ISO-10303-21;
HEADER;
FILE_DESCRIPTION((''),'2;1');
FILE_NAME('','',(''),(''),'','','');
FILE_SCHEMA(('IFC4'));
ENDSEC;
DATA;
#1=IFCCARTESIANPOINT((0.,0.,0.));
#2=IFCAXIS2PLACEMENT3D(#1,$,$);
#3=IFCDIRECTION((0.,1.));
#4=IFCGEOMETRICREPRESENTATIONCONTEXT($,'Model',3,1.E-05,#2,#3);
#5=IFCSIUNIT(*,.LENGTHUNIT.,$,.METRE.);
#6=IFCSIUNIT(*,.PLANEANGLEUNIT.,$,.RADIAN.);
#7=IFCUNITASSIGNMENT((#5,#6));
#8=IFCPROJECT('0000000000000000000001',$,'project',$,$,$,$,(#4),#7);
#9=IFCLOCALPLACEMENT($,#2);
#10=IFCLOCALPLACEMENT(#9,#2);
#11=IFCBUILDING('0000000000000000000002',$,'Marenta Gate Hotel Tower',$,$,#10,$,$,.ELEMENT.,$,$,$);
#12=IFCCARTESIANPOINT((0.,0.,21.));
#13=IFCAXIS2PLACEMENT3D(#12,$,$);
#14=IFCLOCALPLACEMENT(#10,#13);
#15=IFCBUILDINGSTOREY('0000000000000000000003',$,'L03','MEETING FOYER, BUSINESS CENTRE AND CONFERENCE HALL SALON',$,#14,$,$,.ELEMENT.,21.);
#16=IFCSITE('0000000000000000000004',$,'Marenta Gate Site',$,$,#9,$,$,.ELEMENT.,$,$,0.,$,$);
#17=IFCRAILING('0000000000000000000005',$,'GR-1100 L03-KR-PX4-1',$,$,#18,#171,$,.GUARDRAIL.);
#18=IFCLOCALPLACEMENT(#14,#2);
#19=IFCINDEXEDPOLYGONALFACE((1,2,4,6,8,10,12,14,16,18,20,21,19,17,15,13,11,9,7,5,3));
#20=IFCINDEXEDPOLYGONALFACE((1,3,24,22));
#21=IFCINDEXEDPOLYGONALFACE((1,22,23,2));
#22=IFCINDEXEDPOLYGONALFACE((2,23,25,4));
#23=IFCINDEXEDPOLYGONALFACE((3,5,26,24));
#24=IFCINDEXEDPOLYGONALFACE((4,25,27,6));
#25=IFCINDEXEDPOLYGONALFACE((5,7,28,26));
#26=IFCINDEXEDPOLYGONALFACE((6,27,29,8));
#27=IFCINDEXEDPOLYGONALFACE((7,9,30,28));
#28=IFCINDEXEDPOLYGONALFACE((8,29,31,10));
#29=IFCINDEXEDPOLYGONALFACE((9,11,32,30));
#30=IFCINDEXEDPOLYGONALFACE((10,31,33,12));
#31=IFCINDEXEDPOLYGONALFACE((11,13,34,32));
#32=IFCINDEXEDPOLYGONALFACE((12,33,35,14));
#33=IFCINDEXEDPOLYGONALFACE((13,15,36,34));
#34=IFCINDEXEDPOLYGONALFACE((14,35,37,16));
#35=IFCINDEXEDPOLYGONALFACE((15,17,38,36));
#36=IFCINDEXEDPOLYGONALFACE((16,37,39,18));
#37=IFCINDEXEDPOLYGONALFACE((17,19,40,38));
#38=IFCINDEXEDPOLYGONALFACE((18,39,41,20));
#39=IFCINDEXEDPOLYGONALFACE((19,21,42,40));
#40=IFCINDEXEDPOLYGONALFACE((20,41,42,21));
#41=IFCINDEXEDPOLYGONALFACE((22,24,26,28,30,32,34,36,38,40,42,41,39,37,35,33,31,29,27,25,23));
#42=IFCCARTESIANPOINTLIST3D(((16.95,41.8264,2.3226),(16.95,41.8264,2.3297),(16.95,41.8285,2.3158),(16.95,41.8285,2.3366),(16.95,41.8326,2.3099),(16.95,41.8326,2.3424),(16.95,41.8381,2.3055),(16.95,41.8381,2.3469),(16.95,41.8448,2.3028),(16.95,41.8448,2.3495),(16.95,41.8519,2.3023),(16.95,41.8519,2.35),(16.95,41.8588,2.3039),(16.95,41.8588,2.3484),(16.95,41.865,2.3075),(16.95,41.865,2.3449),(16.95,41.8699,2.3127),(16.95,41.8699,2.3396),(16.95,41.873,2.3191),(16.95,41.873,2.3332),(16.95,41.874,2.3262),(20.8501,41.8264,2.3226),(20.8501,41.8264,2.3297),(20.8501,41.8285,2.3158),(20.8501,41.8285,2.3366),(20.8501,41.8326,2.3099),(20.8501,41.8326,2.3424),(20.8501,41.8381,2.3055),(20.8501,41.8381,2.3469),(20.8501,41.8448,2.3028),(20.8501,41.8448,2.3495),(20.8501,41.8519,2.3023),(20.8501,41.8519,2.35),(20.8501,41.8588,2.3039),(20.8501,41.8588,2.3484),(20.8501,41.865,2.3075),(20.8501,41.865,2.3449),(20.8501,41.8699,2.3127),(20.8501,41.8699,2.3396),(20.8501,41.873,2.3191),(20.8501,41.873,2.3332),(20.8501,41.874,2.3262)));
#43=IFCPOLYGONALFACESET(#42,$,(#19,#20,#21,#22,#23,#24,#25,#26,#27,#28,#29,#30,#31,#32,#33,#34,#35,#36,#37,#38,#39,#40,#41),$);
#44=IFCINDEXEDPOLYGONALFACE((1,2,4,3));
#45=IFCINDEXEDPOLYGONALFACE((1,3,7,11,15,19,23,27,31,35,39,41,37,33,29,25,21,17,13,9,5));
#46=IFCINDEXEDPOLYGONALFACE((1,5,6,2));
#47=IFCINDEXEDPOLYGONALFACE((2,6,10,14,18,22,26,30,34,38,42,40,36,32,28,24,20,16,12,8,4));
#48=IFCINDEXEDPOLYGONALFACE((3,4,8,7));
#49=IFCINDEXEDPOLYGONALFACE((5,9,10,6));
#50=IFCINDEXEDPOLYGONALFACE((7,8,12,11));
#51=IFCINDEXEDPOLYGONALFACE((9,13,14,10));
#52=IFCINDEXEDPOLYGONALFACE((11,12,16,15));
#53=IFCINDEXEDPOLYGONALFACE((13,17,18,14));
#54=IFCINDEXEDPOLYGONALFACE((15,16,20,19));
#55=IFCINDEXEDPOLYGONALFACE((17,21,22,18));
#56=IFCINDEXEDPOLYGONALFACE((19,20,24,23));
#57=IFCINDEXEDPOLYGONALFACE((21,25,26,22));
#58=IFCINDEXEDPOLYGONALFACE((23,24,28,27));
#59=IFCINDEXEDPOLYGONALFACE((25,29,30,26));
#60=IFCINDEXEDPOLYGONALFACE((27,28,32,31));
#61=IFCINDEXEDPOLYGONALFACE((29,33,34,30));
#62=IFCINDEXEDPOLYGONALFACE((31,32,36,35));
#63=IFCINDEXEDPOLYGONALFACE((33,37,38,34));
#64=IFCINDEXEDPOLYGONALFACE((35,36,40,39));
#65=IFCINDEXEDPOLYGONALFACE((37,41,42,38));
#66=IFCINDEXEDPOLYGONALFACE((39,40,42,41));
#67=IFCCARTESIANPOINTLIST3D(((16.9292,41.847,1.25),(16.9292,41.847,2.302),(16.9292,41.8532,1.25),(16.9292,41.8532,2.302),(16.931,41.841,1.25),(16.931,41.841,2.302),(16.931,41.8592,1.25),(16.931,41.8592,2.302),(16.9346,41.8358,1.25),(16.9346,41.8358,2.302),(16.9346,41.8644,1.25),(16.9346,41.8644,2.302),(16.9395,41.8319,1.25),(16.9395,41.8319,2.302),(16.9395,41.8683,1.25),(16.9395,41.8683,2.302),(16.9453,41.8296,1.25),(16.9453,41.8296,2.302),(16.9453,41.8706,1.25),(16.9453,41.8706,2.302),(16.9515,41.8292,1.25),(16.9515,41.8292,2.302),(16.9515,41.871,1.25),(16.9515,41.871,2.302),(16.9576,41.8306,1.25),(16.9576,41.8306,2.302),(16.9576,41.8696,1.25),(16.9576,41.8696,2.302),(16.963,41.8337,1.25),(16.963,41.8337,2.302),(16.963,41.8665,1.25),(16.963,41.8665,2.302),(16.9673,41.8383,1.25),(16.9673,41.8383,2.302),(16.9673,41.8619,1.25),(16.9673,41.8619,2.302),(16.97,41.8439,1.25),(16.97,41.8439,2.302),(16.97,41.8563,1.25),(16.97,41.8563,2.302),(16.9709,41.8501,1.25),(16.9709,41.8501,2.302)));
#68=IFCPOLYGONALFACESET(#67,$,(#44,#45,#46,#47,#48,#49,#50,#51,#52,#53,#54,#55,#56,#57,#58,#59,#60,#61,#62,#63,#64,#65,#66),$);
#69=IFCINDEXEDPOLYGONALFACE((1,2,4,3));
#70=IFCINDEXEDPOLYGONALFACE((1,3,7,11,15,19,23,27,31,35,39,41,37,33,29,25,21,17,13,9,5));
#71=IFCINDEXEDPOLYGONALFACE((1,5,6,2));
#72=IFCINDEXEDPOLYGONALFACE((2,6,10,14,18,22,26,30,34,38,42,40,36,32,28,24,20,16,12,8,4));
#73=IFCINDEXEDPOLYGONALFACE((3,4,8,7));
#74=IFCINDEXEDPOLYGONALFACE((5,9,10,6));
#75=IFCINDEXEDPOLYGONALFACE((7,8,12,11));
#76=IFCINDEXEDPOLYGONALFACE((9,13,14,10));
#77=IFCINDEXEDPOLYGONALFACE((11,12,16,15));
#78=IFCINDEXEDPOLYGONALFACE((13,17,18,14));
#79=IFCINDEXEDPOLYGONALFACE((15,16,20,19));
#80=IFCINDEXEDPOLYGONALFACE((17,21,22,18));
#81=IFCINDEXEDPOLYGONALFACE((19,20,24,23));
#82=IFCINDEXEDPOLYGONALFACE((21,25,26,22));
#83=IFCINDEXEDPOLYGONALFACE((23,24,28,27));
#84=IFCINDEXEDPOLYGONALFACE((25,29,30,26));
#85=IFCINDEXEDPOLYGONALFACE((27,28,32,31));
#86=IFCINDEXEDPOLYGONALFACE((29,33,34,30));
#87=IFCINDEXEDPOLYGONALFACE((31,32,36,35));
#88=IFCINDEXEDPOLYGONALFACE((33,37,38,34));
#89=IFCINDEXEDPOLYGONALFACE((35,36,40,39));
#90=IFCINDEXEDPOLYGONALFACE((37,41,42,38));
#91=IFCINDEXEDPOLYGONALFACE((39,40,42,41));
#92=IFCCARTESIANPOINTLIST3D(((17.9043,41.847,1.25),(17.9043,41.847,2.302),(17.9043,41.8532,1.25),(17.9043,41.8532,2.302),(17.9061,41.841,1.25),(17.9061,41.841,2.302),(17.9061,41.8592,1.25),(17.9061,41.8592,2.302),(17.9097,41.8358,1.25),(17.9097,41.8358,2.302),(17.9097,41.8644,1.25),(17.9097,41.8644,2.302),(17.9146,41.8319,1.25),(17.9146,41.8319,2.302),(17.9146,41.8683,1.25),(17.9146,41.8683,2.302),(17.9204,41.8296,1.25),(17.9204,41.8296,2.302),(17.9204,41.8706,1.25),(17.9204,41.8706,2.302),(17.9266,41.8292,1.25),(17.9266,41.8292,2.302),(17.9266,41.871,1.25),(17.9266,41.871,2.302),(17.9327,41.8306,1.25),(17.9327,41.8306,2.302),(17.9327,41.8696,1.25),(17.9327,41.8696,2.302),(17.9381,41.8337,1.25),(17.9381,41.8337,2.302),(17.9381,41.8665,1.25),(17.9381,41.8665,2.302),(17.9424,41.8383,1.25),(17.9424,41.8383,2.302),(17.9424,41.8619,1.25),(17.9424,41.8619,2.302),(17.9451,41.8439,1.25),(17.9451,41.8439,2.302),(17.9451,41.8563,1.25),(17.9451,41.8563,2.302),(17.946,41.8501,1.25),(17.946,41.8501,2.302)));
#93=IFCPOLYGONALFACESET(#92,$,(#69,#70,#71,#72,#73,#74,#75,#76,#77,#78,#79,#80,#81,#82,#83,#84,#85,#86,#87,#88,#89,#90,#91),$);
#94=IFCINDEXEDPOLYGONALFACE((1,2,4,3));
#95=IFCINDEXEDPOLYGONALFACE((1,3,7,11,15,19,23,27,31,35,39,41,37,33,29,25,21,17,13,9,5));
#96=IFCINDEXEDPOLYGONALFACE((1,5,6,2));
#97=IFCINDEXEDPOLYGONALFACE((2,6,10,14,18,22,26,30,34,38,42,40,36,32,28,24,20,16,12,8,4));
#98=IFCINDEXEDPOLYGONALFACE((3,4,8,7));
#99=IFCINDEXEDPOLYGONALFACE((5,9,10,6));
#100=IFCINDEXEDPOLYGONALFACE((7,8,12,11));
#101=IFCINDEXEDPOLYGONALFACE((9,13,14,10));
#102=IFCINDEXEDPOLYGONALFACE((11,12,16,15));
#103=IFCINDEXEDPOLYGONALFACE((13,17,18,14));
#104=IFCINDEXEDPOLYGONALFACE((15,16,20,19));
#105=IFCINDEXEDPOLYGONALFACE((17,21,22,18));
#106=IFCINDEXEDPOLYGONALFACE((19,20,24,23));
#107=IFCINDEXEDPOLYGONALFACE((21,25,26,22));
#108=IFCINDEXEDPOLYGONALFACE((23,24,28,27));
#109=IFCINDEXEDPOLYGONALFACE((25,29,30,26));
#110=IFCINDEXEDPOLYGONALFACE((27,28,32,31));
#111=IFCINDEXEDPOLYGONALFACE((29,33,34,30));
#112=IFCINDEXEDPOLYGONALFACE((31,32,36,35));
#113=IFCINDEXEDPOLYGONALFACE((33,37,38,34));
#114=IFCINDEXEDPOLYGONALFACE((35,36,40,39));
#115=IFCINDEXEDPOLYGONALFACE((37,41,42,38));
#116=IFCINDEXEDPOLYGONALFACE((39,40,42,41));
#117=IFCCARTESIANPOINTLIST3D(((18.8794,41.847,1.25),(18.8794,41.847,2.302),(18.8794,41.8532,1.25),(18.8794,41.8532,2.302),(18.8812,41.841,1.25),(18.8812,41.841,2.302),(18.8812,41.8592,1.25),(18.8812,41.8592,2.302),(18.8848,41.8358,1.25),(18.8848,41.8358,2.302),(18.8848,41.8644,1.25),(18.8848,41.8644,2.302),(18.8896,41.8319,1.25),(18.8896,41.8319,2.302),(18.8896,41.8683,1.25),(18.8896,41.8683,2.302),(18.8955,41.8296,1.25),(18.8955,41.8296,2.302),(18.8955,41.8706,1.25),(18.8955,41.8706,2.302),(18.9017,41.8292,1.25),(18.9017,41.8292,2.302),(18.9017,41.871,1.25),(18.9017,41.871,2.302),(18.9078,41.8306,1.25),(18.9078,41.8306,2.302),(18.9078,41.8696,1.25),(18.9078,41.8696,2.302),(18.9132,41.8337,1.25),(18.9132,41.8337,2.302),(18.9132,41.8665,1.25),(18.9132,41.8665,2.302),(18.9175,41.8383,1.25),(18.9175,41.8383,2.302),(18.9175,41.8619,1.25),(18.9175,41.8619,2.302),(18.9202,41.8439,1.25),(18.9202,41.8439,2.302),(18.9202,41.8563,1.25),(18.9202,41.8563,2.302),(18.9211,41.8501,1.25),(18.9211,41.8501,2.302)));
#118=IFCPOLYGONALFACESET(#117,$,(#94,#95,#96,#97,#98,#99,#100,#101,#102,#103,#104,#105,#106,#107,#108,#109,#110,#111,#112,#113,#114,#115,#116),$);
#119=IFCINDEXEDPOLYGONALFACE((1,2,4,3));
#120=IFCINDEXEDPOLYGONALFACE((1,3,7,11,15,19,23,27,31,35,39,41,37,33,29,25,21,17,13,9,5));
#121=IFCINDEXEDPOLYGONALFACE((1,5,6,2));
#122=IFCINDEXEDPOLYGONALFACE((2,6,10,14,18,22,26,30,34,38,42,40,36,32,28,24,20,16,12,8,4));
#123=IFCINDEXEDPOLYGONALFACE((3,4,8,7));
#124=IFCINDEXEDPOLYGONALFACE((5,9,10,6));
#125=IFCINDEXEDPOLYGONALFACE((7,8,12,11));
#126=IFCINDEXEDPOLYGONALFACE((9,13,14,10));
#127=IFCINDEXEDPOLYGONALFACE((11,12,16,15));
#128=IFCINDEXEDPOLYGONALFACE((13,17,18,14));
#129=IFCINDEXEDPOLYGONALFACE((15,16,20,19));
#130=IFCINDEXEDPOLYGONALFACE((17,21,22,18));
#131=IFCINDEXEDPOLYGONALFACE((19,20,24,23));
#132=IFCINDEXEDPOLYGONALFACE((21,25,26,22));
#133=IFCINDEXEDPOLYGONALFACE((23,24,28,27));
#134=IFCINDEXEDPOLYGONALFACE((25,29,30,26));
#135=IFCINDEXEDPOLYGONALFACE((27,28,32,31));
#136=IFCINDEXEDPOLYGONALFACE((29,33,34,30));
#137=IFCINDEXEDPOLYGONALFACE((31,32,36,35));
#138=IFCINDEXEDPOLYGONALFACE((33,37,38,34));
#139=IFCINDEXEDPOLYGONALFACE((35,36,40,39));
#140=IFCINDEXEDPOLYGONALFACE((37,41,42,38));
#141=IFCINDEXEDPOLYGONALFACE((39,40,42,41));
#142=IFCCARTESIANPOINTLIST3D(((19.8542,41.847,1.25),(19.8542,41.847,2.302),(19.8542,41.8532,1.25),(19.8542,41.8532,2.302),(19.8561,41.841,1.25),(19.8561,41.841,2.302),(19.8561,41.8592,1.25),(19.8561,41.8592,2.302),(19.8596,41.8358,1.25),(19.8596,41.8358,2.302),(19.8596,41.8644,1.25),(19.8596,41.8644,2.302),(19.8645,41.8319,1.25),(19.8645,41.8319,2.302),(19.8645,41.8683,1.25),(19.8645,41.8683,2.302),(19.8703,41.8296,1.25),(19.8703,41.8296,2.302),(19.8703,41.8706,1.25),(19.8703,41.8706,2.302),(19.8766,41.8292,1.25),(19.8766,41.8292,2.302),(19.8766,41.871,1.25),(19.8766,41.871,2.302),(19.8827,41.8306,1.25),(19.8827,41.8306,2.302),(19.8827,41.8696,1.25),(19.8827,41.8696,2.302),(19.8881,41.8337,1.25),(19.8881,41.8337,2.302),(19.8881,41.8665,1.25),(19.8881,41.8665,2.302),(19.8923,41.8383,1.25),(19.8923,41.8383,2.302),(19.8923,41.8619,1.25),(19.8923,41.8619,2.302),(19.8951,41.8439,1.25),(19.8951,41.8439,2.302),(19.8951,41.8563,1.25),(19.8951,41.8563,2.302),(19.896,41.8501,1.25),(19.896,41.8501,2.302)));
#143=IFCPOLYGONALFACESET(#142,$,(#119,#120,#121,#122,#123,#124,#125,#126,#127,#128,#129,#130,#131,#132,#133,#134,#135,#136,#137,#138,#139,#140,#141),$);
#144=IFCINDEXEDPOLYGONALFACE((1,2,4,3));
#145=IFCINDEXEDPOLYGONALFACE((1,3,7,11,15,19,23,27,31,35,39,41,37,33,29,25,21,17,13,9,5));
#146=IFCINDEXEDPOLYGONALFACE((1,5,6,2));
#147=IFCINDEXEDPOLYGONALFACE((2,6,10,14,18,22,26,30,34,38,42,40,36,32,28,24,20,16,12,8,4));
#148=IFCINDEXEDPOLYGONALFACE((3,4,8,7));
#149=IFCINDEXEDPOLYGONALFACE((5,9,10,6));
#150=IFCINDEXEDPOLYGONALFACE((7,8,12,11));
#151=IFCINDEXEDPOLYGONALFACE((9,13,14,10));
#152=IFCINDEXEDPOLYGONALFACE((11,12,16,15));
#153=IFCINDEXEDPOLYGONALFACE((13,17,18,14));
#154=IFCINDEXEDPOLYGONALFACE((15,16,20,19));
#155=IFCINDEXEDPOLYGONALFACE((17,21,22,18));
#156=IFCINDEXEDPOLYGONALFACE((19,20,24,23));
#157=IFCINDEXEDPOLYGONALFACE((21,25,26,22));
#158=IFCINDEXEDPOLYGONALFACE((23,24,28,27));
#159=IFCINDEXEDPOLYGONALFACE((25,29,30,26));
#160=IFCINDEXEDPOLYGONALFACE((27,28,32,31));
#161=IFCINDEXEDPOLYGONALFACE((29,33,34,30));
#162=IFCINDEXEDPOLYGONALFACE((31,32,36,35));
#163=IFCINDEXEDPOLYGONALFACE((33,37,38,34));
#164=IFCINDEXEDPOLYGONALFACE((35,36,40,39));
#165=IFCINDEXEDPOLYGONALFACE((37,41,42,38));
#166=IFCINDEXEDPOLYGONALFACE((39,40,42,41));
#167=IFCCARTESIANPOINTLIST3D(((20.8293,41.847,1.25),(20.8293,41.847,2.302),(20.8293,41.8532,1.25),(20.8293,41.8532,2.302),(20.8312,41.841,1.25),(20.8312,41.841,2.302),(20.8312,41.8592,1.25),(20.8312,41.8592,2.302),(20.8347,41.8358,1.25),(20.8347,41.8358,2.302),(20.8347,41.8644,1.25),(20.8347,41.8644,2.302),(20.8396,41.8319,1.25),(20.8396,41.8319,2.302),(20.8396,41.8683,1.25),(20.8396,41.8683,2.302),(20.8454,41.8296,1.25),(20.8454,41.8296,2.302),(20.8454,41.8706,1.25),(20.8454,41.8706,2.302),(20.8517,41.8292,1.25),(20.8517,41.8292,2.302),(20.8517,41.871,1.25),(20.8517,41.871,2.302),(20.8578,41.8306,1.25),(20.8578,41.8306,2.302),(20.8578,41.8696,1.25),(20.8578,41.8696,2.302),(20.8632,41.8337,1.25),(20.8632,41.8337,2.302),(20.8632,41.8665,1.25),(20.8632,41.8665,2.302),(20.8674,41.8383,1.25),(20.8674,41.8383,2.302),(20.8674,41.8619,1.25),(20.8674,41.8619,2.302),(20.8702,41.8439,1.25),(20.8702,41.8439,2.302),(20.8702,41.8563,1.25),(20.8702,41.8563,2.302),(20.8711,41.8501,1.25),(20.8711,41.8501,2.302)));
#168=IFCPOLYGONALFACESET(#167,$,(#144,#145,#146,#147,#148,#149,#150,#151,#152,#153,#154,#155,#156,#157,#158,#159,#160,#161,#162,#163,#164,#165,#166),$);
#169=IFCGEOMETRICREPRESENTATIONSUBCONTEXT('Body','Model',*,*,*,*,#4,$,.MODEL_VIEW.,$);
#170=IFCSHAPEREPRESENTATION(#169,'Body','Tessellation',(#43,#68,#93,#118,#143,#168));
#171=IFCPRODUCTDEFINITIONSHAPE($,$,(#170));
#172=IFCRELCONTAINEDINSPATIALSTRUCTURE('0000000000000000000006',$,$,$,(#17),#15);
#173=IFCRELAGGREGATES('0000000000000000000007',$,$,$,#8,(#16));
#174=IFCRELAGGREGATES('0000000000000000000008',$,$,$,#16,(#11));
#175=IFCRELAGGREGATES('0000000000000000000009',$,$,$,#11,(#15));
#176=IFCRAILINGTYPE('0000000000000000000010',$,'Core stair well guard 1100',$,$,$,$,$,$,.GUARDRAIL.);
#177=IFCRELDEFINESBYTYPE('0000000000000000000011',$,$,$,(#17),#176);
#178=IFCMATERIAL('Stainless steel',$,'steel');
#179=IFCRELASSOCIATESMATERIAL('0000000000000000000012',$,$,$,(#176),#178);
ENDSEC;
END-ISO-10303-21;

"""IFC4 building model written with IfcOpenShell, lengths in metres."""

from ifc_helpers import new_model, si_unit, direction, frame, origin, origin_2d, place, context, subcontext, project, spatial, circle, extrude, material, type_object, element, save


model = new_model("IFC4")

# Units and contexts
model_context = context("Model", 3, precision=1e-05, world=origin(), true_north=direction((0.0, 1.0)))
body_context = subcontext(model_context, "Body", "Model", "MODEL_VIEW")
ifc_project = project(units=[si_unit("LENGTHUNIT", "METRE"), si_unit("PLANEANGLEUNIT", "RADIAN")], contexts=[model_context])

# Site, building, storey
site_placement = place(None, origin())
site = spatial("IfcSite", under=ifc_project, at=site_placement, Name="Marenta Gate Site", CompositionType="ELEMENT", RefElevation=0.0)
building_placement = place(site_placement, origin())
building = spatial("IfcBuilding", under=site, at=building_placement, Name="Marenta Gate Hotel Tower", CompositionType="ELEMENT")
storey_placement = place(building_placement, frame((0.0, 0.0, 21.0)))
storey = spatial("IfcBuildingStorey", under=building, at=storey_placement, Name="L03", Description="MEETING FOYER, BUSINESS CENTRE AND CONFERENCE HALL SALON", CompositionType="ELEMENT", Elevation=21.0)

# Railing
ifc_material_1 = material(Name="Stainless steel", Category="steel")
railing_type_1 = type_object("IfcRailingType", Name="Core stair well guard 1100", PredefinedType="GUARDRAIL", material=ifc_material_1)
for number, where, name in (
    (1, (16.95, 41.8501, 1.25), "GR-1100 L03-KR-PX4-1"),
):
    element("IfcRailing", number, at=place(storey_placement, frame(where)), inside=storey, type_object=railing_type_1, Name=name, PredefinedType="GUARDRAIL", context=body_context, shape_type="SweptSolid", body=[
        extrude(circle(Radius=0.0239, at=origin_2d()), frame((0.0, 0.0, 1.0762), z_axis=(1.0, 0.0, 0.0), x_axis=(0.0, 1.0, 0.0)), (0.0, 0.0, 1.0), 3.9001),
        extrude(circle(Radius=0.021, at=origin_2d()), origin(), (0.0, 0.0, 1.0), 1.052),
        extrude(circle(Radius=0.021, at=origin_2d()), frame((0.9751, 0.0, 0.0)), (0.0, 0.0, 1.0), 1.052),
        extrude(circle(Radius=0.021, at=origin_2d()), frame((1.9502, 0.0, 0.0)), (0.0, 0.0, 1.0), 1.052),
        extrude(circle(Radius=0.021, at=origin_2d()), frame((2.925, 0.0, 0.0)), (0.0, 0.0, 1.0), 1.052),
        extrude(circle(Radius=0.021, at=origin_2d()), frame((3.9001, 0.0, 0.0)), (0.0, 0.0, 1.0), 1.052),
    ])

save(model, "model.ifc")
